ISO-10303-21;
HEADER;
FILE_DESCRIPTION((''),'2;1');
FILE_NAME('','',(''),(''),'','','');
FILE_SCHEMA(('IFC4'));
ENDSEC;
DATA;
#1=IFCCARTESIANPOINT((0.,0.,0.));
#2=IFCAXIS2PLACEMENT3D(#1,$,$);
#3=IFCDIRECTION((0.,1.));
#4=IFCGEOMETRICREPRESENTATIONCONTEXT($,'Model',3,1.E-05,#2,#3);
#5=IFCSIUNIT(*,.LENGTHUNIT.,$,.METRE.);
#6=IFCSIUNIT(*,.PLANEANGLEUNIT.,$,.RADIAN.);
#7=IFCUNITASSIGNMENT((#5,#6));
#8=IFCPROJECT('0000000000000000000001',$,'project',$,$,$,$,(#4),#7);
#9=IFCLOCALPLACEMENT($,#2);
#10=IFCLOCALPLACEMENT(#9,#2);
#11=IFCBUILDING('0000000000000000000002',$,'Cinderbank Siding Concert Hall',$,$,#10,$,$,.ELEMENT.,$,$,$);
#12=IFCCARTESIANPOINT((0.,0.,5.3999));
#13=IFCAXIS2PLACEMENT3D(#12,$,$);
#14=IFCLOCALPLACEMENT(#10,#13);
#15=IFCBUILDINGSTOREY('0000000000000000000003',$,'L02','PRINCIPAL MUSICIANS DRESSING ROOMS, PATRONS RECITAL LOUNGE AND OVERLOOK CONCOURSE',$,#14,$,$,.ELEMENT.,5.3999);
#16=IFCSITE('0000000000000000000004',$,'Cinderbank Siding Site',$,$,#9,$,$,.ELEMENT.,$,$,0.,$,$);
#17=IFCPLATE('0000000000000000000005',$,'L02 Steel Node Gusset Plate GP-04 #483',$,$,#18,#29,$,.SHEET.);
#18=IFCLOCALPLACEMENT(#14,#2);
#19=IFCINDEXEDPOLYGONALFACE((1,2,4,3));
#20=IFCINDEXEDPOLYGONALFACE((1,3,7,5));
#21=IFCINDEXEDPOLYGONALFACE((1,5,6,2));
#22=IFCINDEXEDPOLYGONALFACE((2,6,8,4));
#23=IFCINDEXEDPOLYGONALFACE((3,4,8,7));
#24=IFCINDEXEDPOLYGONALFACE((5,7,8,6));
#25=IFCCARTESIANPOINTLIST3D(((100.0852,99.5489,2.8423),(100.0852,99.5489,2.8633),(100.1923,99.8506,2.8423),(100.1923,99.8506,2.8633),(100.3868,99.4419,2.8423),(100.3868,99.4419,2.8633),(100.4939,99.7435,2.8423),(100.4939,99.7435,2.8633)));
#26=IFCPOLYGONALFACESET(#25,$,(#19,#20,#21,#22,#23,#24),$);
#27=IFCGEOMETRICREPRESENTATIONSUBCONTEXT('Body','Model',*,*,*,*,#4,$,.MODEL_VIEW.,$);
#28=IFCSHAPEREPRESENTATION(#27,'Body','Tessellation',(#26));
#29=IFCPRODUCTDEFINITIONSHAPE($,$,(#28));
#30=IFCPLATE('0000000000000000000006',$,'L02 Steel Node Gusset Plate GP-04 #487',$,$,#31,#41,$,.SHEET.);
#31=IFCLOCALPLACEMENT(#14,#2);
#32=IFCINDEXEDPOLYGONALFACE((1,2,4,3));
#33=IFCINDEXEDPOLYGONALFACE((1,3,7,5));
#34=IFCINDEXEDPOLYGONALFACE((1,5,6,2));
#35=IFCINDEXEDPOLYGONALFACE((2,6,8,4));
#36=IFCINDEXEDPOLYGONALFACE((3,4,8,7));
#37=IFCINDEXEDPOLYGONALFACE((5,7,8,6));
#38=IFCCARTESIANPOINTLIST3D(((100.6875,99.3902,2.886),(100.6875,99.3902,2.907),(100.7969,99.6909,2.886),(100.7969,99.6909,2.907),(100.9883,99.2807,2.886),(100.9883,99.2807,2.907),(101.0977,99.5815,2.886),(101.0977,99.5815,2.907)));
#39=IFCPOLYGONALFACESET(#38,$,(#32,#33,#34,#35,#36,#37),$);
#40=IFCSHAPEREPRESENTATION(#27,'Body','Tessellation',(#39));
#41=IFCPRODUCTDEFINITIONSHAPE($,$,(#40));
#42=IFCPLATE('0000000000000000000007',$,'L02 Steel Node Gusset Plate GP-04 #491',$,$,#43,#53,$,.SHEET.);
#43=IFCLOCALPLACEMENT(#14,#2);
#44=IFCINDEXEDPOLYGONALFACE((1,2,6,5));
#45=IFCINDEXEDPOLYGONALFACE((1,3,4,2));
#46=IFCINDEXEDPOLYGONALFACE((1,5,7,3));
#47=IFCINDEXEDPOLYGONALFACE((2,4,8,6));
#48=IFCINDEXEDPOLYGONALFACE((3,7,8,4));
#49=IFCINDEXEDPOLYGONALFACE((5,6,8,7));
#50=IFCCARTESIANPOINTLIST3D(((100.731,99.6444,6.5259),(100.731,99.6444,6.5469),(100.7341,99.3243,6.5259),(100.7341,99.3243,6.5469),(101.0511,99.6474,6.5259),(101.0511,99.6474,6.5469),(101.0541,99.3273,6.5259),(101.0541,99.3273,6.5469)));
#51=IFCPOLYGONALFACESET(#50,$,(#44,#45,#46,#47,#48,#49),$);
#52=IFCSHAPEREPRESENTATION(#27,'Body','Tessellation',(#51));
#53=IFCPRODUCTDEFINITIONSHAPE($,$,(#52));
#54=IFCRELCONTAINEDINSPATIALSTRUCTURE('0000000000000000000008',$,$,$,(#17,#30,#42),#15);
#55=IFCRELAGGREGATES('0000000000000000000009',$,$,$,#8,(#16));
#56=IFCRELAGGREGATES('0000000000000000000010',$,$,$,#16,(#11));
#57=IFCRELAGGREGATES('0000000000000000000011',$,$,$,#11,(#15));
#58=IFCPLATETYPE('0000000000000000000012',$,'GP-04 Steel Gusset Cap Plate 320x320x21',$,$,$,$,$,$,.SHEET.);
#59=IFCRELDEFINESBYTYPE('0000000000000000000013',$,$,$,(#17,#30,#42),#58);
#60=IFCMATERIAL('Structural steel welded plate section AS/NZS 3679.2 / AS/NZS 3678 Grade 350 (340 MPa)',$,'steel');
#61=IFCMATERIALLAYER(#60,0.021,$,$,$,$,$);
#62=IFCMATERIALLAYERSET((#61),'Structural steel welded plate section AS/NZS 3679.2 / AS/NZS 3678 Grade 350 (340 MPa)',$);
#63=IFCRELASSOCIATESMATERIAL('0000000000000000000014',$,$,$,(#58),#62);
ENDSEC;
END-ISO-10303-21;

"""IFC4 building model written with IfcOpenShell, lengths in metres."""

from ifc_helpers import new_model, si_unit, direction, frame, origin, origin_2d, place, context, subcontext, project, spatial, rectangle, extrude, material, layer, layer_set, type_object, element, save


model = new_model("IFC4")

# Units and contexts
model_context = context("Model", 3, precision=1e-05, world=origin(), true_north=direction((0.0, 1.0)))
body_context = subcontext(model_context, "Body", "Model", "MODEL_VIEW")
ifc_project = project(units=[si_unit("LENGTHUNIT", "METRE"), si_unit("PLANEANGLEUNIT", "RADIAN")], contexts=[model_context])

# Site, building, storey
site_placement = place(None, origin())
site = spatial("IfcSite", under=ifc_project, at=site_placement, Name="Cinderbank Siding Site", CompositionType="ELEMENT", RefElevation=0.0)
building_placement = place(site_placement, origin())
building = spatial("IfcBuilding", under=site, at=building_placement, Name="Cinderbank Siding Concert Hall", CompositionType="ELEMENT")
storey_placement = place(building_placement, frame((0.0, 0.0, 5.3999)))
storey = spatial("IfcBuildingStorey", under=building, at=storey_placement, Name="L02", Description="PRINCIPAL MUSICIANS DRESSING ROOMS, PATRONS RECITAL LOUNGE AND OVERLOOK CONCOURSE", CompositionType="ELEMENT", Elevation=5.3999)

# Plates
ifc_material_1 = material(Name="Structural steel welded plate section AS/NZS 3679.2 / AS/NZS 3678 Grade 350 (340 MPa)", Category="steel")
ifc_layer_1 = layer(ifc_material_1, 0.021)
ifc_layer_set_1 = layer_set([ifc_layer_1], Name="Structural steel welded plate section AS/NZS 3679.2 / AS/NZS 3678 Grade 350 (340 MPa)")
plate_type_1 = type_object("IfcPlateType", Name="GP-04 Steel Gusset Cap Plate 320x320x21", PredefinedType="SHEET", material=ifc_layer_set_1)
for number, where, z_axis, x_axis, name in (
    (1, (100.2896, 99.6462, 2.8423), (0.0, 0.0, 1.0), (0.334465, 0.942408, 0.0), "L02 Steel Node Gusset Plate GP-04 #483"),
    (2, (100.8926, 99.4858, 2.886), (0.0, 0.0, 1.0), (0.341856, 0.939752, 0.0), "L02 Steel Node Gusset Plate GP-04 #487"),
    (3, (100.8926, 99.4858, 6.5259), (0.0, 0.0, 1.0), (0.009425, -0.999956, 0.0), "L02 Steel Node Gusset Plate GP-04 #491"),
):
    element("IfcPlate", number, at=place(storey_placement, frame(where, z_axis=z_axis, x_axis=x_axis)), inside=storey, type_object=plate_type_1, Name=name, PredefinedType="SHEET", context=body_context, shape_type="SweptSolid", body=[
        extrude(rectangle(XDim=0.3201, YDim=0.3201, at=origin_2d()), origin(), (0.0, 0.0, 1.0), 0.021),
    ])

save(model, "model.ifc")
